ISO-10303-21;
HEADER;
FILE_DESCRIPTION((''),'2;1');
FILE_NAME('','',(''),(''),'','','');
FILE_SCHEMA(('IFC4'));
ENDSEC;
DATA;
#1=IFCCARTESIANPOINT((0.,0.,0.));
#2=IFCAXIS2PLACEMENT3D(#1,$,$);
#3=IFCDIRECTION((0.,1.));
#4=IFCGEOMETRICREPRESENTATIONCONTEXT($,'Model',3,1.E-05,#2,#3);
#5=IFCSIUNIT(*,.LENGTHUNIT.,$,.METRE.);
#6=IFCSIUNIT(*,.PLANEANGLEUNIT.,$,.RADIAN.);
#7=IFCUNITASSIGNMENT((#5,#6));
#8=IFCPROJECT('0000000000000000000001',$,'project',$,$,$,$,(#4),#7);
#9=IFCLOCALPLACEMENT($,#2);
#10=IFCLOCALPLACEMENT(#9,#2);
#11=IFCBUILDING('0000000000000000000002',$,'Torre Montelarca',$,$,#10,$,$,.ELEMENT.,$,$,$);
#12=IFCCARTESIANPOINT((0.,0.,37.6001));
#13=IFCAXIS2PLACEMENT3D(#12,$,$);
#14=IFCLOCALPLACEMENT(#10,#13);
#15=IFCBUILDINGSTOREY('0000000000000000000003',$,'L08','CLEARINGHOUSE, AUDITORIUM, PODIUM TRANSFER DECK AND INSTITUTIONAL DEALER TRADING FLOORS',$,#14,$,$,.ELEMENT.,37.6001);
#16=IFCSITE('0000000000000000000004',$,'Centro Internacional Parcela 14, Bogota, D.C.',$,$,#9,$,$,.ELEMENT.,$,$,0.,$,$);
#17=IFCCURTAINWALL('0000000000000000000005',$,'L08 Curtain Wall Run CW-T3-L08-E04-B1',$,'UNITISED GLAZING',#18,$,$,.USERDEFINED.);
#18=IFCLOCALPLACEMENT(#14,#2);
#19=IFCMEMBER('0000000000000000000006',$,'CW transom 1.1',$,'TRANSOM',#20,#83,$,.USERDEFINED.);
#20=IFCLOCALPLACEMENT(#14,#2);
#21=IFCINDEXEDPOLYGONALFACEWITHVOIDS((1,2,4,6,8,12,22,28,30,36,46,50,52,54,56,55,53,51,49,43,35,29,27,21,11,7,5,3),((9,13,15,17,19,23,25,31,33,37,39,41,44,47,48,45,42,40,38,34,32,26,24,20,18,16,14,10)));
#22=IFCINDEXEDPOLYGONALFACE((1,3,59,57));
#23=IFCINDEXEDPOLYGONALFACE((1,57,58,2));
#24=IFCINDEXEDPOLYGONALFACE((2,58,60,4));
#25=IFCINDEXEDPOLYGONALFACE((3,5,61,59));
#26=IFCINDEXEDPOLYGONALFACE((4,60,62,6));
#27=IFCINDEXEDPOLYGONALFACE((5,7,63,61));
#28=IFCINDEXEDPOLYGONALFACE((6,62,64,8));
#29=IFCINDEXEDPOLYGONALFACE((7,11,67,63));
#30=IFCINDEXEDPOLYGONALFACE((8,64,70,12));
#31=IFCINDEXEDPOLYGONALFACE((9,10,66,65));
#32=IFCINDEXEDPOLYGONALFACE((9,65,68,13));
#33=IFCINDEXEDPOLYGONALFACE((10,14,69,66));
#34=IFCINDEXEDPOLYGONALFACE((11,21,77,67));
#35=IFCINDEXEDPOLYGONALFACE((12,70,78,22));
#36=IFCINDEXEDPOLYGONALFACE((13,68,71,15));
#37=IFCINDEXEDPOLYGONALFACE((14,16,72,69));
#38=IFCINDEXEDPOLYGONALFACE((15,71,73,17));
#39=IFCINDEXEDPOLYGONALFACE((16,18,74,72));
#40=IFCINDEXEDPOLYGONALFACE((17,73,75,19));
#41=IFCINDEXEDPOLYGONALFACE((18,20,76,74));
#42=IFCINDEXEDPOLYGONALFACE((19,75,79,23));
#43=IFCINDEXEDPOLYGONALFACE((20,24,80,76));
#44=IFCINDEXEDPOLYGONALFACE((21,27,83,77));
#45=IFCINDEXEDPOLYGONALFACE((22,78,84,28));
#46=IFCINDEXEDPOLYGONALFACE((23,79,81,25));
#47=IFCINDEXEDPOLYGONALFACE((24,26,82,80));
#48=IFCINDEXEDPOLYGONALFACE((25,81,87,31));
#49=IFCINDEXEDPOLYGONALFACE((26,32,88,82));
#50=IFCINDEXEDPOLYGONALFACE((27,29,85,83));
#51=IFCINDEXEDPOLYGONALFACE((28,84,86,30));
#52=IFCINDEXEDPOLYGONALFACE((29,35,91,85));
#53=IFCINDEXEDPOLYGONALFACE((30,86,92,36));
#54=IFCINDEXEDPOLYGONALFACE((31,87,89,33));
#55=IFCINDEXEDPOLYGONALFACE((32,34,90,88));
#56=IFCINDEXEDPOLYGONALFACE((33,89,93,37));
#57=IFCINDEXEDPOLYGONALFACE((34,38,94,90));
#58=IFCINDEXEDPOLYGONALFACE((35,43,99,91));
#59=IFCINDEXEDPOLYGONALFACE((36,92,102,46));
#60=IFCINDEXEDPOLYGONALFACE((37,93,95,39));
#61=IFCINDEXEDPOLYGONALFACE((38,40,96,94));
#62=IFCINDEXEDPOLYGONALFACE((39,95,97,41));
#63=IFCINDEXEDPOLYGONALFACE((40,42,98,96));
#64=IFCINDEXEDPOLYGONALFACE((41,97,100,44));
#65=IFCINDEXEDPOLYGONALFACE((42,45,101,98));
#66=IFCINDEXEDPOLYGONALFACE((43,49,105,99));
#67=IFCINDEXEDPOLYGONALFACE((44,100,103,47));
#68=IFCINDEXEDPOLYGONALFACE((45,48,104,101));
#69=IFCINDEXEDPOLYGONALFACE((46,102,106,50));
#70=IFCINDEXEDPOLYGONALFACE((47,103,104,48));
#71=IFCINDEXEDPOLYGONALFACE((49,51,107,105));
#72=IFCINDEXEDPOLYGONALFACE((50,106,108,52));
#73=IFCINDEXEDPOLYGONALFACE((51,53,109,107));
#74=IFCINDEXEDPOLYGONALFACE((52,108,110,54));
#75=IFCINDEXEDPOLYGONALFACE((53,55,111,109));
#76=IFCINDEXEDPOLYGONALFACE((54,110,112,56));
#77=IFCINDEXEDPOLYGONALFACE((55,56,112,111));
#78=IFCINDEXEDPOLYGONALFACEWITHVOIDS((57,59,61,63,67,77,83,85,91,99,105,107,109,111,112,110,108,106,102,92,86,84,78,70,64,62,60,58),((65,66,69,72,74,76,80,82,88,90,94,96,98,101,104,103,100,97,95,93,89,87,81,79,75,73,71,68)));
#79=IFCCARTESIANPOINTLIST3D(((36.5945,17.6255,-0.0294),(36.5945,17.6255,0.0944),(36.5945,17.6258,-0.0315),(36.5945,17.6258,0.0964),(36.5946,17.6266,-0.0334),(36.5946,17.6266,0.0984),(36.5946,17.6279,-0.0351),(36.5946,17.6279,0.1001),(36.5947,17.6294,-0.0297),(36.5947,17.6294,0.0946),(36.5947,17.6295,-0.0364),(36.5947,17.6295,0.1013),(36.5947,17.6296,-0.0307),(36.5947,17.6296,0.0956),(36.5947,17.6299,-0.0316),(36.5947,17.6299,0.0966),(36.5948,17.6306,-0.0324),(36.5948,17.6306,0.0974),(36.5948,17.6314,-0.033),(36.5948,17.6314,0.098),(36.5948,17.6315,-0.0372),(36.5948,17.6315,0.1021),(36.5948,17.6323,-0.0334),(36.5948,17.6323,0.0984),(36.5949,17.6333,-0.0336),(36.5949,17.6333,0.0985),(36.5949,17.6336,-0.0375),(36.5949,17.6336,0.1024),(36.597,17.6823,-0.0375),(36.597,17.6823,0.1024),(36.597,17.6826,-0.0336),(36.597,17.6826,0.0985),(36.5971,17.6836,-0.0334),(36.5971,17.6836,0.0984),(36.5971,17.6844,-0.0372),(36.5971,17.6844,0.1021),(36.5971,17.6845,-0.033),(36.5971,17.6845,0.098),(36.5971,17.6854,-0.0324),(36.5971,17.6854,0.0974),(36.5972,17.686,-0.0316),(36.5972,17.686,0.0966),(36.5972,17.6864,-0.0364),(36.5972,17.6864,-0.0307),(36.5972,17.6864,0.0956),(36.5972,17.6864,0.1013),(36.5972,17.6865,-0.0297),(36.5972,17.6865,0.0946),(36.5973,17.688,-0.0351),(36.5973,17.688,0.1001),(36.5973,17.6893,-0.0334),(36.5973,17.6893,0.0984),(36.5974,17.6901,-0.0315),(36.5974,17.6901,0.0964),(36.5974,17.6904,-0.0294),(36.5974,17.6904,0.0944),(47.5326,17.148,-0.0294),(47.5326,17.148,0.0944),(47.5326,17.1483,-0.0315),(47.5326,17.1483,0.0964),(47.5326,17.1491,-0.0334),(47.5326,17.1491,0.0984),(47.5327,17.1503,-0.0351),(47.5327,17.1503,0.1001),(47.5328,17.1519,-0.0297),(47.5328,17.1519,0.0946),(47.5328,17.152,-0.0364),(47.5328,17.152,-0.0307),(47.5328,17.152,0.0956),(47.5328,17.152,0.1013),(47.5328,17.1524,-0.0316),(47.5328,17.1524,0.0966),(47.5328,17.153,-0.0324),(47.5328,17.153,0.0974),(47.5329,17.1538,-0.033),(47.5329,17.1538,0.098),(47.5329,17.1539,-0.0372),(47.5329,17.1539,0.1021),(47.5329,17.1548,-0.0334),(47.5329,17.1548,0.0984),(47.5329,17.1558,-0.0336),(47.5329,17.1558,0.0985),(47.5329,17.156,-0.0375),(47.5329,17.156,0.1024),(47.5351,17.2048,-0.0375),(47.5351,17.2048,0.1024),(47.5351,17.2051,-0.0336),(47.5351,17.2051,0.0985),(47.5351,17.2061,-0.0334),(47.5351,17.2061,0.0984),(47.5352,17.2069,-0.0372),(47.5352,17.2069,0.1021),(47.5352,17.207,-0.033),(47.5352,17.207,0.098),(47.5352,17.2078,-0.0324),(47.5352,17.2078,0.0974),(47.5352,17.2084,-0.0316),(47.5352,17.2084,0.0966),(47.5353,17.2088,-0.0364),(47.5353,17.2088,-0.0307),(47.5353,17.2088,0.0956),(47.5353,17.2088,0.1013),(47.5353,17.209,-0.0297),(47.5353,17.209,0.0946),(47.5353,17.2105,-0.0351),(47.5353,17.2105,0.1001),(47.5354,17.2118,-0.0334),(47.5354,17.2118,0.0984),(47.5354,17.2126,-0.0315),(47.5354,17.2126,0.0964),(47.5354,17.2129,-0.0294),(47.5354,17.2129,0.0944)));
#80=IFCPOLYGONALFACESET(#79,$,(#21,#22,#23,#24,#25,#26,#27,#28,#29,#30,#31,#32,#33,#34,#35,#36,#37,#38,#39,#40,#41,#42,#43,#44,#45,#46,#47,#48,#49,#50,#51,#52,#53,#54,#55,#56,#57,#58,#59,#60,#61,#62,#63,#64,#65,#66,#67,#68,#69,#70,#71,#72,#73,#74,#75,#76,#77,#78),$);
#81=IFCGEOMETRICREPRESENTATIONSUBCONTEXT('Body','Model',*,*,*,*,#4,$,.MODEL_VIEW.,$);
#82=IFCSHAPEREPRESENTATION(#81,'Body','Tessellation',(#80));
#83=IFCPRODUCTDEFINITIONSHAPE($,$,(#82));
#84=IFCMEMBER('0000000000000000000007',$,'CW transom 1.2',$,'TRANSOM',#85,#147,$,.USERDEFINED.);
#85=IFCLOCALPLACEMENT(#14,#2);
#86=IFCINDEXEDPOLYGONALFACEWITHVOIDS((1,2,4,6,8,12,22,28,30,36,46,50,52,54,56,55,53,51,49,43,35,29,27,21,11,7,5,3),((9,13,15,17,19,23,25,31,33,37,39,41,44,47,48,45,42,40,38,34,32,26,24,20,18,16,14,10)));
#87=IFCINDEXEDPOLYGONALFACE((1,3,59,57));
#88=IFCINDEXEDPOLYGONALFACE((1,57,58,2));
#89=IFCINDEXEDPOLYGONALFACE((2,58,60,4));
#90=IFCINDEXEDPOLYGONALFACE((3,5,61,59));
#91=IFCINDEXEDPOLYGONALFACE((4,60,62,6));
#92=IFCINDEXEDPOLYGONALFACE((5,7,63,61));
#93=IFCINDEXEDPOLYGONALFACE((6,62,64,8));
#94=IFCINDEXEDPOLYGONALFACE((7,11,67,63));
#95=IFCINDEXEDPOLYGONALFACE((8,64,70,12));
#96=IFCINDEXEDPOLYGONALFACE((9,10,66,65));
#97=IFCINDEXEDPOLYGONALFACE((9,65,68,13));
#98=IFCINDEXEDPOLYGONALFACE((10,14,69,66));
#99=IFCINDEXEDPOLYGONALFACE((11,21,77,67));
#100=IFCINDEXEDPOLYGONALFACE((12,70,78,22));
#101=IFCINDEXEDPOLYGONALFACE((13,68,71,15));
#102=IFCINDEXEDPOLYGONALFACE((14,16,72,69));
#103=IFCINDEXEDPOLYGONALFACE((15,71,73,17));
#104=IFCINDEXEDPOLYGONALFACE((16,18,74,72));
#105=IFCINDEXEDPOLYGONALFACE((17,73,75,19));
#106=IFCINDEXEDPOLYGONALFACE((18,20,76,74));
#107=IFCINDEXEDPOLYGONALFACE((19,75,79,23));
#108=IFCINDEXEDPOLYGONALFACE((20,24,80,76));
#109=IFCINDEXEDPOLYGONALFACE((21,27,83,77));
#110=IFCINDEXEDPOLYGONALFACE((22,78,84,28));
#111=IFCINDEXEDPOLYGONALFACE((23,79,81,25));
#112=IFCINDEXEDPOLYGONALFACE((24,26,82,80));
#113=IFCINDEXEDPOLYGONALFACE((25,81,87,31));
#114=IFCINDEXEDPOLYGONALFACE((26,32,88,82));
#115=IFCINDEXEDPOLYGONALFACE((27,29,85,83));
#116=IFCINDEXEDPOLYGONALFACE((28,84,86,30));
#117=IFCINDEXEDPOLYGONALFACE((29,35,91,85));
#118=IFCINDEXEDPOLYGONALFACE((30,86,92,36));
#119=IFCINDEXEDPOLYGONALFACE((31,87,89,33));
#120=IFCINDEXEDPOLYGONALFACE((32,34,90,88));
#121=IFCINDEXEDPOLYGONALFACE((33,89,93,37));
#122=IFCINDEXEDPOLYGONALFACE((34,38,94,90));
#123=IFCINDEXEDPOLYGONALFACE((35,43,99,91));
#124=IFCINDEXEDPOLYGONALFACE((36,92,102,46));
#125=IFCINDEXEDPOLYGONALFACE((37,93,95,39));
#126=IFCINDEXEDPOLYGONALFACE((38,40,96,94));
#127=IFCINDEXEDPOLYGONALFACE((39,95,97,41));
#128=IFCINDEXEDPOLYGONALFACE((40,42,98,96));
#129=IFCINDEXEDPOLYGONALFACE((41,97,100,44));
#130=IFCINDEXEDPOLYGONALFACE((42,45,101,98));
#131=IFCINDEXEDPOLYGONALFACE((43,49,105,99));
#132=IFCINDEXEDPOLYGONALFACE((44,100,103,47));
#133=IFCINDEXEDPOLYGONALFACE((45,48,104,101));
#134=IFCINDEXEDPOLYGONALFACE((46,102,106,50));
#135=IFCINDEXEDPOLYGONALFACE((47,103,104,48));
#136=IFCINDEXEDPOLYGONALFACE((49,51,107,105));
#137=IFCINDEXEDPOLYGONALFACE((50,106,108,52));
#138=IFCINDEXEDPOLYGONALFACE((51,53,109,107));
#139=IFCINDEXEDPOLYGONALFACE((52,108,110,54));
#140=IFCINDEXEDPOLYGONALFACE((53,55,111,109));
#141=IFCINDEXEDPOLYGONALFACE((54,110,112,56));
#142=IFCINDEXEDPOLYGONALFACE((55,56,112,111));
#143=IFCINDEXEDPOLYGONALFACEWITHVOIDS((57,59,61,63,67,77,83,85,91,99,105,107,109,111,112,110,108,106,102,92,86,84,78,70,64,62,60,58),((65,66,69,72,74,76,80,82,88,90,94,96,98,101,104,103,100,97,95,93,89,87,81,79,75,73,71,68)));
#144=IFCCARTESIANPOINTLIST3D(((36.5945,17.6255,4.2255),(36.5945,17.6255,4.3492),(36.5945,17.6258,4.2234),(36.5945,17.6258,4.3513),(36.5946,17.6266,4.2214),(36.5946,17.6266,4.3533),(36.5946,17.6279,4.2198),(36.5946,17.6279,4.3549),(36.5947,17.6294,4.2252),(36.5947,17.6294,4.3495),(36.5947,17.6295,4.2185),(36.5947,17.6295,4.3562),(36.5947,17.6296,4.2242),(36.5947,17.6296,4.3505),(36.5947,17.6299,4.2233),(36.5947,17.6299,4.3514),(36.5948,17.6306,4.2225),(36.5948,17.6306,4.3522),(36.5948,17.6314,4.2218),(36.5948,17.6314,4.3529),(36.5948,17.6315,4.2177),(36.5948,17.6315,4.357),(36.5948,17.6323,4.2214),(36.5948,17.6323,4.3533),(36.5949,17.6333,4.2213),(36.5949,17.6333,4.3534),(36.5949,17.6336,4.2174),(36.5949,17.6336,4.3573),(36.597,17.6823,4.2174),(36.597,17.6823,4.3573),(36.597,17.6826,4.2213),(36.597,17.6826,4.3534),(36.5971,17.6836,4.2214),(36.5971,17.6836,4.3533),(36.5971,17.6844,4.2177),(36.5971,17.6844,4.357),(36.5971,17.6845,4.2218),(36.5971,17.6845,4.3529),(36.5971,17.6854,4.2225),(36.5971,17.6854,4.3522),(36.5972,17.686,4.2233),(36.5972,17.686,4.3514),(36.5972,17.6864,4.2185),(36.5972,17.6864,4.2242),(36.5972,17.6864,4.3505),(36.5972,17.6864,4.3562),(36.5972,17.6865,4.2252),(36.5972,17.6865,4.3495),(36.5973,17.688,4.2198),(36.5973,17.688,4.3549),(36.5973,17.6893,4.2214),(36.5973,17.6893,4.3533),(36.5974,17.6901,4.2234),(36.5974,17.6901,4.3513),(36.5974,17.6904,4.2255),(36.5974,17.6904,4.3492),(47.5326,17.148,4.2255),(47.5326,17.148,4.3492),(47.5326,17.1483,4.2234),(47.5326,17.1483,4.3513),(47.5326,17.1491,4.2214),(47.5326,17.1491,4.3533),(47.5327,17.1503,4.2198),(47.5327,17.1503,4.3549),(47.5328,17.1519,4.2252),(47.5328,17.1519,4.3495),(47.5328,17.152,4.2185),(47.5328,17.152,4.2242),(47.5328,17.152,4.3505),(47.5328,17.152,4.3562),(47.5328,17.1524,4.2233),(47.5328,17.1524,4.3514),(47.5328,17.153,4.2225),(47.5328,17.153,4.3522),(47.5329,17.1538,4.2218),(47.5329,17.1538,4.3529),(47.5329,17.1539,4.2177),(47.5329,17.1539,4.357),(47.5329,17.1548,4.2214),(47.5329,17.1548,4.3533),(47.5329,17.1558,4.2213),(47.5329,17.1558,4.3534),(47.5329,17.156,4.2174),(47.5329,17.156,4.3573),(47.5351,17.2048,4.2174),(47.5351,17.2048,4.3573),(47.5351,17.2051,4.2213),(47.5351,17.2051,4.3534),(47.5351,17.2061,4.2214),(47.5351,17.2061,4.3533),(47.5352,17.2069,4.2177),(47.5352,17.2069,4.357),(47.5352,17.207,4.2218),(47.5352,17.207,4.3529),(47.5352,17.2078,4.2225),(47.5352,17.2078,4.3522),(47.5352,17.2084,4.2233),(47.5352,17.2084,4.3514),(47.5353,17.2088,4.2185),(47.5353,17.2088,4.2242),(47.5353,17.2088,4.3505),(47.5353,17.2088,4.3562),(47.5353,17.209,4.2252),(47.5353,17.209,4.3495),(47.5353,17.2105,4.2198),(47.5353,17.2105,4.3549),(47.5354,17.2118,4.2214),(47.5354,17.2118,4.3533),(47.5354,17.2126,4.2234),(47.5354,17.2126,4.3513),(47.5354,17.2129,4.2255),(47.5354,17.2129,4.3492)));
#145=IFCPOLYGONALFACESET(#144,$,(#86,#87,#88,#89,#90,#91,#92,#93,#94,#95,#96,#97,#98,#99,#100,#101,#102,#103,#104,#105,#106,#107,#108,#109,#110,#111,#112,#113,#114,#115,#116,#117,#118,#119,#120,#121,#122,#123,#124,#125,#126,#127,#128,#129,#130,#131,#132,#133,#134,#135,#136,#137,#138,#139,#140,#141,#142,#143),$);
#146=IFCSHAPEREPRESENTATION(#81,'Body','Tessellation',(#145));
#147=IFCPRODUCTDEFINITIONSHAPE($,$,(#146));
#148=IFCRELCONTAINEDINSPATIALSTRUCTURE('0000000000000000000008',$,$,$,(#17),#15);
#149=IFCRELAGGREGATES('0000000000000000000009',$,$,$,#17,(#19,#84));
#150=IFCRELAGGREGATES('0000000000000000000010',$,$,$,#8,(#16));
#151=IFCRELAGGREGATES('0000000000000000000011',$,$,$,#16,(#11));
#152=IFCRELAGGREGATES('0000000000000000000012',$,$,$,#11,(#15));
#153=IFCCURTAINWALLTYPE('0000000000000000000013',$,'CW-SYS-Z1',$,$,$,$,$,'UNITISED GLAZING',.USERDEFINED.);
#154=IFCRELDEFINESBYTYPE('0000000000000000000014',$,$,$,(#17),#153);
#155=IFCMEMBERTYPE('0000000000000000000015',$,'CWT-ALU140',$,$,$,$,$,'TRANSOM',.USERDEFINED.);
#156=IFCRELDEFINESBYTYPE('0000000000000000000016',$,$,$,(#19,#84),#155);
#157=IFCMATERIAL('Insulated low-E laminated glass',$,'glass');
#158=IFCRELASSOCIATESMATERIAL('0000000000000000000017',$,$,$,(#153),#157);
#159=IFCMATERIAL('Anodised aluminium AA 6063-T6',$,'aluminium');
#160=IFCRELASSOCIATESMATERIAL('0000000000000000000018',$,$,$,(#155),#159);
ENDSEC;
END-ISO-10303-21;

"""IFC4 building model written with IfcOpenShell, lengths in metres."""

from ifc_helpers import new_model, si_unit, direction, frame, origin, origin_2d, place, context, subcontext, project, spatial, hollow_rectangle, extrude, source, transform, mapped, material, material_profile, profile_set, type_object, element, aggregate, save


model = new_model("IFC4")

# Units and contexts
model_context = context("Model", 3, precision=1e-05, world=origin(), true_north=direction((0.0, 1.0)))
body_context = subcontext(model_context, "Body", "Model", "MODEL_VIEW")
ifc_project = project(units=[si_unit("LENGTHUNIT", "METRE"), si_unit("PLANEANGLEUNIT", "RADIAN")], contexts=[model_context])

# Site, building, storey
site_placement = place(None, origin())
site = spatial("IfcSite", under=ifc_project, at=site_placement, Name="Centro Internacional Parcela 14, Bogota, D.C.", CompositionType="ELEMENT", RefElevation=0.0)
building_placement = place(site_placement, origin())
building = spatial("IfcBuilding", under=site, at=building_placement, Name="Torre Montelarca", CompositionType="ELEMENT")
storey_placement = place(building_placement, frame((0.0, 0.0, 37.6001)))
storey = spatial("IfcBuildingStorey", under=building, at=storey_placement, Name="L08", Description="CLEARINGHOUSE, AUDITORIUM, PODIUM TRANSFER DECK AND INSTITUTIONAL DEALER TRADING FLOORS", CompositionType="ELEMENT", Elevation=37.6001)

# Curtain wall, members
ifc_material_1 = material(Name="Insulated low-E laminated glass", Category="glass")
curtain_wall_type = type_object("IfcCurtainWallType", Name="CW-SYS-Z1", ElementType="UNITISED GLAZING", PredefinedType="USERDEFINED", material=ifc_material_1)
ifc_material_2 = material(Name="Anodised aluminium AA 6063-T6", Category="aluminium")
ifc_material_profile_1 = material_profile(ifc_material_2, hollow_rectangle(XDim=0.0649, YDim=0.1399, WallThickness=0.0039, InnerFilletRadius=0.0039, OuterFilletRadius=0.0081, at=origin_2d()), Name="ALU65X140X4", Category="aluminium")
ifc_profile_set_1 = profile_set([ifc_material_profile_1], Name="Anodised aluminium AA 6063-T6")
member_type_1 = type_object("IfcMemberType", Name="CWT-ALU140", ElementType="TRANSOM", PredefinedType="USERDEFINED", material=ifc_profile_set_1)
curtain_wall_1_placement = place(storey_placement, origin())
curtain_wall_1 = element("IfcCurtainWall", 1, at=curtain_wall_1_placement, inside=storey, type_object=curtain_wall_type, Name="L08 Curtain Wall Run CW-T3-L08-E04-B1", ObjectType="UNITISED GLAZING", PredefinedType="USERDEFINED")
shared_shape_1 = source(origin(), body_context, "Body", "SweptSolid", [
    extrude(hollow_rectangle(XDim=0.0649, YDim=0.1399, WallThickness=0.0039, InnerFilletRadius=0.0039, OuterFilletRadius=0.0081, at=origin_2d()), origin(), (0.0, 0.0, 1.0), 10.9485),
])
member_1_placement = place(storey_placement, frame((36.5959, 17.658, 0.0325), z_axis=(0.999048, -0.043617, 0.0), x_axis=(0.043617, 0.999048, 0.0)))
member_1 = element("IfcMember", 2, at=member_1_placement, type_object=member_type_1, Name="CW transom 1.1", ObjectType="TRANSOM", PredefinedType="USERDEFINED", context=body_context, shape_type="MappedRepresentation", body=[
    mapped(shared_shape_1, transform((0.0, 0.0, 0.0), scale=1.0)),
])
member_2_placement = place(storey_placement, frame((36.5959, 17.658, 4.2874), z_axis=(0.999048, -0.043617, 0.0), x_axis=(0.043617, 0.999048, 0.0)))
member_2 = element("IfcMember", 3, at=member_2_placement, type_object=member_type_1, Name="CW transom 1.2", ObjectType="TRANSOM", PredefinedType="USERDEFINED", context=body_context, shape_type="MappedRepresentation", body=[
    mapped(shared_shape_1, transform((0.0, 0.0, 0.0), scale=1.0)),
])

aggregate(curtain_wall_1, [member_1, member_2])

save(model, "model.ifc")
